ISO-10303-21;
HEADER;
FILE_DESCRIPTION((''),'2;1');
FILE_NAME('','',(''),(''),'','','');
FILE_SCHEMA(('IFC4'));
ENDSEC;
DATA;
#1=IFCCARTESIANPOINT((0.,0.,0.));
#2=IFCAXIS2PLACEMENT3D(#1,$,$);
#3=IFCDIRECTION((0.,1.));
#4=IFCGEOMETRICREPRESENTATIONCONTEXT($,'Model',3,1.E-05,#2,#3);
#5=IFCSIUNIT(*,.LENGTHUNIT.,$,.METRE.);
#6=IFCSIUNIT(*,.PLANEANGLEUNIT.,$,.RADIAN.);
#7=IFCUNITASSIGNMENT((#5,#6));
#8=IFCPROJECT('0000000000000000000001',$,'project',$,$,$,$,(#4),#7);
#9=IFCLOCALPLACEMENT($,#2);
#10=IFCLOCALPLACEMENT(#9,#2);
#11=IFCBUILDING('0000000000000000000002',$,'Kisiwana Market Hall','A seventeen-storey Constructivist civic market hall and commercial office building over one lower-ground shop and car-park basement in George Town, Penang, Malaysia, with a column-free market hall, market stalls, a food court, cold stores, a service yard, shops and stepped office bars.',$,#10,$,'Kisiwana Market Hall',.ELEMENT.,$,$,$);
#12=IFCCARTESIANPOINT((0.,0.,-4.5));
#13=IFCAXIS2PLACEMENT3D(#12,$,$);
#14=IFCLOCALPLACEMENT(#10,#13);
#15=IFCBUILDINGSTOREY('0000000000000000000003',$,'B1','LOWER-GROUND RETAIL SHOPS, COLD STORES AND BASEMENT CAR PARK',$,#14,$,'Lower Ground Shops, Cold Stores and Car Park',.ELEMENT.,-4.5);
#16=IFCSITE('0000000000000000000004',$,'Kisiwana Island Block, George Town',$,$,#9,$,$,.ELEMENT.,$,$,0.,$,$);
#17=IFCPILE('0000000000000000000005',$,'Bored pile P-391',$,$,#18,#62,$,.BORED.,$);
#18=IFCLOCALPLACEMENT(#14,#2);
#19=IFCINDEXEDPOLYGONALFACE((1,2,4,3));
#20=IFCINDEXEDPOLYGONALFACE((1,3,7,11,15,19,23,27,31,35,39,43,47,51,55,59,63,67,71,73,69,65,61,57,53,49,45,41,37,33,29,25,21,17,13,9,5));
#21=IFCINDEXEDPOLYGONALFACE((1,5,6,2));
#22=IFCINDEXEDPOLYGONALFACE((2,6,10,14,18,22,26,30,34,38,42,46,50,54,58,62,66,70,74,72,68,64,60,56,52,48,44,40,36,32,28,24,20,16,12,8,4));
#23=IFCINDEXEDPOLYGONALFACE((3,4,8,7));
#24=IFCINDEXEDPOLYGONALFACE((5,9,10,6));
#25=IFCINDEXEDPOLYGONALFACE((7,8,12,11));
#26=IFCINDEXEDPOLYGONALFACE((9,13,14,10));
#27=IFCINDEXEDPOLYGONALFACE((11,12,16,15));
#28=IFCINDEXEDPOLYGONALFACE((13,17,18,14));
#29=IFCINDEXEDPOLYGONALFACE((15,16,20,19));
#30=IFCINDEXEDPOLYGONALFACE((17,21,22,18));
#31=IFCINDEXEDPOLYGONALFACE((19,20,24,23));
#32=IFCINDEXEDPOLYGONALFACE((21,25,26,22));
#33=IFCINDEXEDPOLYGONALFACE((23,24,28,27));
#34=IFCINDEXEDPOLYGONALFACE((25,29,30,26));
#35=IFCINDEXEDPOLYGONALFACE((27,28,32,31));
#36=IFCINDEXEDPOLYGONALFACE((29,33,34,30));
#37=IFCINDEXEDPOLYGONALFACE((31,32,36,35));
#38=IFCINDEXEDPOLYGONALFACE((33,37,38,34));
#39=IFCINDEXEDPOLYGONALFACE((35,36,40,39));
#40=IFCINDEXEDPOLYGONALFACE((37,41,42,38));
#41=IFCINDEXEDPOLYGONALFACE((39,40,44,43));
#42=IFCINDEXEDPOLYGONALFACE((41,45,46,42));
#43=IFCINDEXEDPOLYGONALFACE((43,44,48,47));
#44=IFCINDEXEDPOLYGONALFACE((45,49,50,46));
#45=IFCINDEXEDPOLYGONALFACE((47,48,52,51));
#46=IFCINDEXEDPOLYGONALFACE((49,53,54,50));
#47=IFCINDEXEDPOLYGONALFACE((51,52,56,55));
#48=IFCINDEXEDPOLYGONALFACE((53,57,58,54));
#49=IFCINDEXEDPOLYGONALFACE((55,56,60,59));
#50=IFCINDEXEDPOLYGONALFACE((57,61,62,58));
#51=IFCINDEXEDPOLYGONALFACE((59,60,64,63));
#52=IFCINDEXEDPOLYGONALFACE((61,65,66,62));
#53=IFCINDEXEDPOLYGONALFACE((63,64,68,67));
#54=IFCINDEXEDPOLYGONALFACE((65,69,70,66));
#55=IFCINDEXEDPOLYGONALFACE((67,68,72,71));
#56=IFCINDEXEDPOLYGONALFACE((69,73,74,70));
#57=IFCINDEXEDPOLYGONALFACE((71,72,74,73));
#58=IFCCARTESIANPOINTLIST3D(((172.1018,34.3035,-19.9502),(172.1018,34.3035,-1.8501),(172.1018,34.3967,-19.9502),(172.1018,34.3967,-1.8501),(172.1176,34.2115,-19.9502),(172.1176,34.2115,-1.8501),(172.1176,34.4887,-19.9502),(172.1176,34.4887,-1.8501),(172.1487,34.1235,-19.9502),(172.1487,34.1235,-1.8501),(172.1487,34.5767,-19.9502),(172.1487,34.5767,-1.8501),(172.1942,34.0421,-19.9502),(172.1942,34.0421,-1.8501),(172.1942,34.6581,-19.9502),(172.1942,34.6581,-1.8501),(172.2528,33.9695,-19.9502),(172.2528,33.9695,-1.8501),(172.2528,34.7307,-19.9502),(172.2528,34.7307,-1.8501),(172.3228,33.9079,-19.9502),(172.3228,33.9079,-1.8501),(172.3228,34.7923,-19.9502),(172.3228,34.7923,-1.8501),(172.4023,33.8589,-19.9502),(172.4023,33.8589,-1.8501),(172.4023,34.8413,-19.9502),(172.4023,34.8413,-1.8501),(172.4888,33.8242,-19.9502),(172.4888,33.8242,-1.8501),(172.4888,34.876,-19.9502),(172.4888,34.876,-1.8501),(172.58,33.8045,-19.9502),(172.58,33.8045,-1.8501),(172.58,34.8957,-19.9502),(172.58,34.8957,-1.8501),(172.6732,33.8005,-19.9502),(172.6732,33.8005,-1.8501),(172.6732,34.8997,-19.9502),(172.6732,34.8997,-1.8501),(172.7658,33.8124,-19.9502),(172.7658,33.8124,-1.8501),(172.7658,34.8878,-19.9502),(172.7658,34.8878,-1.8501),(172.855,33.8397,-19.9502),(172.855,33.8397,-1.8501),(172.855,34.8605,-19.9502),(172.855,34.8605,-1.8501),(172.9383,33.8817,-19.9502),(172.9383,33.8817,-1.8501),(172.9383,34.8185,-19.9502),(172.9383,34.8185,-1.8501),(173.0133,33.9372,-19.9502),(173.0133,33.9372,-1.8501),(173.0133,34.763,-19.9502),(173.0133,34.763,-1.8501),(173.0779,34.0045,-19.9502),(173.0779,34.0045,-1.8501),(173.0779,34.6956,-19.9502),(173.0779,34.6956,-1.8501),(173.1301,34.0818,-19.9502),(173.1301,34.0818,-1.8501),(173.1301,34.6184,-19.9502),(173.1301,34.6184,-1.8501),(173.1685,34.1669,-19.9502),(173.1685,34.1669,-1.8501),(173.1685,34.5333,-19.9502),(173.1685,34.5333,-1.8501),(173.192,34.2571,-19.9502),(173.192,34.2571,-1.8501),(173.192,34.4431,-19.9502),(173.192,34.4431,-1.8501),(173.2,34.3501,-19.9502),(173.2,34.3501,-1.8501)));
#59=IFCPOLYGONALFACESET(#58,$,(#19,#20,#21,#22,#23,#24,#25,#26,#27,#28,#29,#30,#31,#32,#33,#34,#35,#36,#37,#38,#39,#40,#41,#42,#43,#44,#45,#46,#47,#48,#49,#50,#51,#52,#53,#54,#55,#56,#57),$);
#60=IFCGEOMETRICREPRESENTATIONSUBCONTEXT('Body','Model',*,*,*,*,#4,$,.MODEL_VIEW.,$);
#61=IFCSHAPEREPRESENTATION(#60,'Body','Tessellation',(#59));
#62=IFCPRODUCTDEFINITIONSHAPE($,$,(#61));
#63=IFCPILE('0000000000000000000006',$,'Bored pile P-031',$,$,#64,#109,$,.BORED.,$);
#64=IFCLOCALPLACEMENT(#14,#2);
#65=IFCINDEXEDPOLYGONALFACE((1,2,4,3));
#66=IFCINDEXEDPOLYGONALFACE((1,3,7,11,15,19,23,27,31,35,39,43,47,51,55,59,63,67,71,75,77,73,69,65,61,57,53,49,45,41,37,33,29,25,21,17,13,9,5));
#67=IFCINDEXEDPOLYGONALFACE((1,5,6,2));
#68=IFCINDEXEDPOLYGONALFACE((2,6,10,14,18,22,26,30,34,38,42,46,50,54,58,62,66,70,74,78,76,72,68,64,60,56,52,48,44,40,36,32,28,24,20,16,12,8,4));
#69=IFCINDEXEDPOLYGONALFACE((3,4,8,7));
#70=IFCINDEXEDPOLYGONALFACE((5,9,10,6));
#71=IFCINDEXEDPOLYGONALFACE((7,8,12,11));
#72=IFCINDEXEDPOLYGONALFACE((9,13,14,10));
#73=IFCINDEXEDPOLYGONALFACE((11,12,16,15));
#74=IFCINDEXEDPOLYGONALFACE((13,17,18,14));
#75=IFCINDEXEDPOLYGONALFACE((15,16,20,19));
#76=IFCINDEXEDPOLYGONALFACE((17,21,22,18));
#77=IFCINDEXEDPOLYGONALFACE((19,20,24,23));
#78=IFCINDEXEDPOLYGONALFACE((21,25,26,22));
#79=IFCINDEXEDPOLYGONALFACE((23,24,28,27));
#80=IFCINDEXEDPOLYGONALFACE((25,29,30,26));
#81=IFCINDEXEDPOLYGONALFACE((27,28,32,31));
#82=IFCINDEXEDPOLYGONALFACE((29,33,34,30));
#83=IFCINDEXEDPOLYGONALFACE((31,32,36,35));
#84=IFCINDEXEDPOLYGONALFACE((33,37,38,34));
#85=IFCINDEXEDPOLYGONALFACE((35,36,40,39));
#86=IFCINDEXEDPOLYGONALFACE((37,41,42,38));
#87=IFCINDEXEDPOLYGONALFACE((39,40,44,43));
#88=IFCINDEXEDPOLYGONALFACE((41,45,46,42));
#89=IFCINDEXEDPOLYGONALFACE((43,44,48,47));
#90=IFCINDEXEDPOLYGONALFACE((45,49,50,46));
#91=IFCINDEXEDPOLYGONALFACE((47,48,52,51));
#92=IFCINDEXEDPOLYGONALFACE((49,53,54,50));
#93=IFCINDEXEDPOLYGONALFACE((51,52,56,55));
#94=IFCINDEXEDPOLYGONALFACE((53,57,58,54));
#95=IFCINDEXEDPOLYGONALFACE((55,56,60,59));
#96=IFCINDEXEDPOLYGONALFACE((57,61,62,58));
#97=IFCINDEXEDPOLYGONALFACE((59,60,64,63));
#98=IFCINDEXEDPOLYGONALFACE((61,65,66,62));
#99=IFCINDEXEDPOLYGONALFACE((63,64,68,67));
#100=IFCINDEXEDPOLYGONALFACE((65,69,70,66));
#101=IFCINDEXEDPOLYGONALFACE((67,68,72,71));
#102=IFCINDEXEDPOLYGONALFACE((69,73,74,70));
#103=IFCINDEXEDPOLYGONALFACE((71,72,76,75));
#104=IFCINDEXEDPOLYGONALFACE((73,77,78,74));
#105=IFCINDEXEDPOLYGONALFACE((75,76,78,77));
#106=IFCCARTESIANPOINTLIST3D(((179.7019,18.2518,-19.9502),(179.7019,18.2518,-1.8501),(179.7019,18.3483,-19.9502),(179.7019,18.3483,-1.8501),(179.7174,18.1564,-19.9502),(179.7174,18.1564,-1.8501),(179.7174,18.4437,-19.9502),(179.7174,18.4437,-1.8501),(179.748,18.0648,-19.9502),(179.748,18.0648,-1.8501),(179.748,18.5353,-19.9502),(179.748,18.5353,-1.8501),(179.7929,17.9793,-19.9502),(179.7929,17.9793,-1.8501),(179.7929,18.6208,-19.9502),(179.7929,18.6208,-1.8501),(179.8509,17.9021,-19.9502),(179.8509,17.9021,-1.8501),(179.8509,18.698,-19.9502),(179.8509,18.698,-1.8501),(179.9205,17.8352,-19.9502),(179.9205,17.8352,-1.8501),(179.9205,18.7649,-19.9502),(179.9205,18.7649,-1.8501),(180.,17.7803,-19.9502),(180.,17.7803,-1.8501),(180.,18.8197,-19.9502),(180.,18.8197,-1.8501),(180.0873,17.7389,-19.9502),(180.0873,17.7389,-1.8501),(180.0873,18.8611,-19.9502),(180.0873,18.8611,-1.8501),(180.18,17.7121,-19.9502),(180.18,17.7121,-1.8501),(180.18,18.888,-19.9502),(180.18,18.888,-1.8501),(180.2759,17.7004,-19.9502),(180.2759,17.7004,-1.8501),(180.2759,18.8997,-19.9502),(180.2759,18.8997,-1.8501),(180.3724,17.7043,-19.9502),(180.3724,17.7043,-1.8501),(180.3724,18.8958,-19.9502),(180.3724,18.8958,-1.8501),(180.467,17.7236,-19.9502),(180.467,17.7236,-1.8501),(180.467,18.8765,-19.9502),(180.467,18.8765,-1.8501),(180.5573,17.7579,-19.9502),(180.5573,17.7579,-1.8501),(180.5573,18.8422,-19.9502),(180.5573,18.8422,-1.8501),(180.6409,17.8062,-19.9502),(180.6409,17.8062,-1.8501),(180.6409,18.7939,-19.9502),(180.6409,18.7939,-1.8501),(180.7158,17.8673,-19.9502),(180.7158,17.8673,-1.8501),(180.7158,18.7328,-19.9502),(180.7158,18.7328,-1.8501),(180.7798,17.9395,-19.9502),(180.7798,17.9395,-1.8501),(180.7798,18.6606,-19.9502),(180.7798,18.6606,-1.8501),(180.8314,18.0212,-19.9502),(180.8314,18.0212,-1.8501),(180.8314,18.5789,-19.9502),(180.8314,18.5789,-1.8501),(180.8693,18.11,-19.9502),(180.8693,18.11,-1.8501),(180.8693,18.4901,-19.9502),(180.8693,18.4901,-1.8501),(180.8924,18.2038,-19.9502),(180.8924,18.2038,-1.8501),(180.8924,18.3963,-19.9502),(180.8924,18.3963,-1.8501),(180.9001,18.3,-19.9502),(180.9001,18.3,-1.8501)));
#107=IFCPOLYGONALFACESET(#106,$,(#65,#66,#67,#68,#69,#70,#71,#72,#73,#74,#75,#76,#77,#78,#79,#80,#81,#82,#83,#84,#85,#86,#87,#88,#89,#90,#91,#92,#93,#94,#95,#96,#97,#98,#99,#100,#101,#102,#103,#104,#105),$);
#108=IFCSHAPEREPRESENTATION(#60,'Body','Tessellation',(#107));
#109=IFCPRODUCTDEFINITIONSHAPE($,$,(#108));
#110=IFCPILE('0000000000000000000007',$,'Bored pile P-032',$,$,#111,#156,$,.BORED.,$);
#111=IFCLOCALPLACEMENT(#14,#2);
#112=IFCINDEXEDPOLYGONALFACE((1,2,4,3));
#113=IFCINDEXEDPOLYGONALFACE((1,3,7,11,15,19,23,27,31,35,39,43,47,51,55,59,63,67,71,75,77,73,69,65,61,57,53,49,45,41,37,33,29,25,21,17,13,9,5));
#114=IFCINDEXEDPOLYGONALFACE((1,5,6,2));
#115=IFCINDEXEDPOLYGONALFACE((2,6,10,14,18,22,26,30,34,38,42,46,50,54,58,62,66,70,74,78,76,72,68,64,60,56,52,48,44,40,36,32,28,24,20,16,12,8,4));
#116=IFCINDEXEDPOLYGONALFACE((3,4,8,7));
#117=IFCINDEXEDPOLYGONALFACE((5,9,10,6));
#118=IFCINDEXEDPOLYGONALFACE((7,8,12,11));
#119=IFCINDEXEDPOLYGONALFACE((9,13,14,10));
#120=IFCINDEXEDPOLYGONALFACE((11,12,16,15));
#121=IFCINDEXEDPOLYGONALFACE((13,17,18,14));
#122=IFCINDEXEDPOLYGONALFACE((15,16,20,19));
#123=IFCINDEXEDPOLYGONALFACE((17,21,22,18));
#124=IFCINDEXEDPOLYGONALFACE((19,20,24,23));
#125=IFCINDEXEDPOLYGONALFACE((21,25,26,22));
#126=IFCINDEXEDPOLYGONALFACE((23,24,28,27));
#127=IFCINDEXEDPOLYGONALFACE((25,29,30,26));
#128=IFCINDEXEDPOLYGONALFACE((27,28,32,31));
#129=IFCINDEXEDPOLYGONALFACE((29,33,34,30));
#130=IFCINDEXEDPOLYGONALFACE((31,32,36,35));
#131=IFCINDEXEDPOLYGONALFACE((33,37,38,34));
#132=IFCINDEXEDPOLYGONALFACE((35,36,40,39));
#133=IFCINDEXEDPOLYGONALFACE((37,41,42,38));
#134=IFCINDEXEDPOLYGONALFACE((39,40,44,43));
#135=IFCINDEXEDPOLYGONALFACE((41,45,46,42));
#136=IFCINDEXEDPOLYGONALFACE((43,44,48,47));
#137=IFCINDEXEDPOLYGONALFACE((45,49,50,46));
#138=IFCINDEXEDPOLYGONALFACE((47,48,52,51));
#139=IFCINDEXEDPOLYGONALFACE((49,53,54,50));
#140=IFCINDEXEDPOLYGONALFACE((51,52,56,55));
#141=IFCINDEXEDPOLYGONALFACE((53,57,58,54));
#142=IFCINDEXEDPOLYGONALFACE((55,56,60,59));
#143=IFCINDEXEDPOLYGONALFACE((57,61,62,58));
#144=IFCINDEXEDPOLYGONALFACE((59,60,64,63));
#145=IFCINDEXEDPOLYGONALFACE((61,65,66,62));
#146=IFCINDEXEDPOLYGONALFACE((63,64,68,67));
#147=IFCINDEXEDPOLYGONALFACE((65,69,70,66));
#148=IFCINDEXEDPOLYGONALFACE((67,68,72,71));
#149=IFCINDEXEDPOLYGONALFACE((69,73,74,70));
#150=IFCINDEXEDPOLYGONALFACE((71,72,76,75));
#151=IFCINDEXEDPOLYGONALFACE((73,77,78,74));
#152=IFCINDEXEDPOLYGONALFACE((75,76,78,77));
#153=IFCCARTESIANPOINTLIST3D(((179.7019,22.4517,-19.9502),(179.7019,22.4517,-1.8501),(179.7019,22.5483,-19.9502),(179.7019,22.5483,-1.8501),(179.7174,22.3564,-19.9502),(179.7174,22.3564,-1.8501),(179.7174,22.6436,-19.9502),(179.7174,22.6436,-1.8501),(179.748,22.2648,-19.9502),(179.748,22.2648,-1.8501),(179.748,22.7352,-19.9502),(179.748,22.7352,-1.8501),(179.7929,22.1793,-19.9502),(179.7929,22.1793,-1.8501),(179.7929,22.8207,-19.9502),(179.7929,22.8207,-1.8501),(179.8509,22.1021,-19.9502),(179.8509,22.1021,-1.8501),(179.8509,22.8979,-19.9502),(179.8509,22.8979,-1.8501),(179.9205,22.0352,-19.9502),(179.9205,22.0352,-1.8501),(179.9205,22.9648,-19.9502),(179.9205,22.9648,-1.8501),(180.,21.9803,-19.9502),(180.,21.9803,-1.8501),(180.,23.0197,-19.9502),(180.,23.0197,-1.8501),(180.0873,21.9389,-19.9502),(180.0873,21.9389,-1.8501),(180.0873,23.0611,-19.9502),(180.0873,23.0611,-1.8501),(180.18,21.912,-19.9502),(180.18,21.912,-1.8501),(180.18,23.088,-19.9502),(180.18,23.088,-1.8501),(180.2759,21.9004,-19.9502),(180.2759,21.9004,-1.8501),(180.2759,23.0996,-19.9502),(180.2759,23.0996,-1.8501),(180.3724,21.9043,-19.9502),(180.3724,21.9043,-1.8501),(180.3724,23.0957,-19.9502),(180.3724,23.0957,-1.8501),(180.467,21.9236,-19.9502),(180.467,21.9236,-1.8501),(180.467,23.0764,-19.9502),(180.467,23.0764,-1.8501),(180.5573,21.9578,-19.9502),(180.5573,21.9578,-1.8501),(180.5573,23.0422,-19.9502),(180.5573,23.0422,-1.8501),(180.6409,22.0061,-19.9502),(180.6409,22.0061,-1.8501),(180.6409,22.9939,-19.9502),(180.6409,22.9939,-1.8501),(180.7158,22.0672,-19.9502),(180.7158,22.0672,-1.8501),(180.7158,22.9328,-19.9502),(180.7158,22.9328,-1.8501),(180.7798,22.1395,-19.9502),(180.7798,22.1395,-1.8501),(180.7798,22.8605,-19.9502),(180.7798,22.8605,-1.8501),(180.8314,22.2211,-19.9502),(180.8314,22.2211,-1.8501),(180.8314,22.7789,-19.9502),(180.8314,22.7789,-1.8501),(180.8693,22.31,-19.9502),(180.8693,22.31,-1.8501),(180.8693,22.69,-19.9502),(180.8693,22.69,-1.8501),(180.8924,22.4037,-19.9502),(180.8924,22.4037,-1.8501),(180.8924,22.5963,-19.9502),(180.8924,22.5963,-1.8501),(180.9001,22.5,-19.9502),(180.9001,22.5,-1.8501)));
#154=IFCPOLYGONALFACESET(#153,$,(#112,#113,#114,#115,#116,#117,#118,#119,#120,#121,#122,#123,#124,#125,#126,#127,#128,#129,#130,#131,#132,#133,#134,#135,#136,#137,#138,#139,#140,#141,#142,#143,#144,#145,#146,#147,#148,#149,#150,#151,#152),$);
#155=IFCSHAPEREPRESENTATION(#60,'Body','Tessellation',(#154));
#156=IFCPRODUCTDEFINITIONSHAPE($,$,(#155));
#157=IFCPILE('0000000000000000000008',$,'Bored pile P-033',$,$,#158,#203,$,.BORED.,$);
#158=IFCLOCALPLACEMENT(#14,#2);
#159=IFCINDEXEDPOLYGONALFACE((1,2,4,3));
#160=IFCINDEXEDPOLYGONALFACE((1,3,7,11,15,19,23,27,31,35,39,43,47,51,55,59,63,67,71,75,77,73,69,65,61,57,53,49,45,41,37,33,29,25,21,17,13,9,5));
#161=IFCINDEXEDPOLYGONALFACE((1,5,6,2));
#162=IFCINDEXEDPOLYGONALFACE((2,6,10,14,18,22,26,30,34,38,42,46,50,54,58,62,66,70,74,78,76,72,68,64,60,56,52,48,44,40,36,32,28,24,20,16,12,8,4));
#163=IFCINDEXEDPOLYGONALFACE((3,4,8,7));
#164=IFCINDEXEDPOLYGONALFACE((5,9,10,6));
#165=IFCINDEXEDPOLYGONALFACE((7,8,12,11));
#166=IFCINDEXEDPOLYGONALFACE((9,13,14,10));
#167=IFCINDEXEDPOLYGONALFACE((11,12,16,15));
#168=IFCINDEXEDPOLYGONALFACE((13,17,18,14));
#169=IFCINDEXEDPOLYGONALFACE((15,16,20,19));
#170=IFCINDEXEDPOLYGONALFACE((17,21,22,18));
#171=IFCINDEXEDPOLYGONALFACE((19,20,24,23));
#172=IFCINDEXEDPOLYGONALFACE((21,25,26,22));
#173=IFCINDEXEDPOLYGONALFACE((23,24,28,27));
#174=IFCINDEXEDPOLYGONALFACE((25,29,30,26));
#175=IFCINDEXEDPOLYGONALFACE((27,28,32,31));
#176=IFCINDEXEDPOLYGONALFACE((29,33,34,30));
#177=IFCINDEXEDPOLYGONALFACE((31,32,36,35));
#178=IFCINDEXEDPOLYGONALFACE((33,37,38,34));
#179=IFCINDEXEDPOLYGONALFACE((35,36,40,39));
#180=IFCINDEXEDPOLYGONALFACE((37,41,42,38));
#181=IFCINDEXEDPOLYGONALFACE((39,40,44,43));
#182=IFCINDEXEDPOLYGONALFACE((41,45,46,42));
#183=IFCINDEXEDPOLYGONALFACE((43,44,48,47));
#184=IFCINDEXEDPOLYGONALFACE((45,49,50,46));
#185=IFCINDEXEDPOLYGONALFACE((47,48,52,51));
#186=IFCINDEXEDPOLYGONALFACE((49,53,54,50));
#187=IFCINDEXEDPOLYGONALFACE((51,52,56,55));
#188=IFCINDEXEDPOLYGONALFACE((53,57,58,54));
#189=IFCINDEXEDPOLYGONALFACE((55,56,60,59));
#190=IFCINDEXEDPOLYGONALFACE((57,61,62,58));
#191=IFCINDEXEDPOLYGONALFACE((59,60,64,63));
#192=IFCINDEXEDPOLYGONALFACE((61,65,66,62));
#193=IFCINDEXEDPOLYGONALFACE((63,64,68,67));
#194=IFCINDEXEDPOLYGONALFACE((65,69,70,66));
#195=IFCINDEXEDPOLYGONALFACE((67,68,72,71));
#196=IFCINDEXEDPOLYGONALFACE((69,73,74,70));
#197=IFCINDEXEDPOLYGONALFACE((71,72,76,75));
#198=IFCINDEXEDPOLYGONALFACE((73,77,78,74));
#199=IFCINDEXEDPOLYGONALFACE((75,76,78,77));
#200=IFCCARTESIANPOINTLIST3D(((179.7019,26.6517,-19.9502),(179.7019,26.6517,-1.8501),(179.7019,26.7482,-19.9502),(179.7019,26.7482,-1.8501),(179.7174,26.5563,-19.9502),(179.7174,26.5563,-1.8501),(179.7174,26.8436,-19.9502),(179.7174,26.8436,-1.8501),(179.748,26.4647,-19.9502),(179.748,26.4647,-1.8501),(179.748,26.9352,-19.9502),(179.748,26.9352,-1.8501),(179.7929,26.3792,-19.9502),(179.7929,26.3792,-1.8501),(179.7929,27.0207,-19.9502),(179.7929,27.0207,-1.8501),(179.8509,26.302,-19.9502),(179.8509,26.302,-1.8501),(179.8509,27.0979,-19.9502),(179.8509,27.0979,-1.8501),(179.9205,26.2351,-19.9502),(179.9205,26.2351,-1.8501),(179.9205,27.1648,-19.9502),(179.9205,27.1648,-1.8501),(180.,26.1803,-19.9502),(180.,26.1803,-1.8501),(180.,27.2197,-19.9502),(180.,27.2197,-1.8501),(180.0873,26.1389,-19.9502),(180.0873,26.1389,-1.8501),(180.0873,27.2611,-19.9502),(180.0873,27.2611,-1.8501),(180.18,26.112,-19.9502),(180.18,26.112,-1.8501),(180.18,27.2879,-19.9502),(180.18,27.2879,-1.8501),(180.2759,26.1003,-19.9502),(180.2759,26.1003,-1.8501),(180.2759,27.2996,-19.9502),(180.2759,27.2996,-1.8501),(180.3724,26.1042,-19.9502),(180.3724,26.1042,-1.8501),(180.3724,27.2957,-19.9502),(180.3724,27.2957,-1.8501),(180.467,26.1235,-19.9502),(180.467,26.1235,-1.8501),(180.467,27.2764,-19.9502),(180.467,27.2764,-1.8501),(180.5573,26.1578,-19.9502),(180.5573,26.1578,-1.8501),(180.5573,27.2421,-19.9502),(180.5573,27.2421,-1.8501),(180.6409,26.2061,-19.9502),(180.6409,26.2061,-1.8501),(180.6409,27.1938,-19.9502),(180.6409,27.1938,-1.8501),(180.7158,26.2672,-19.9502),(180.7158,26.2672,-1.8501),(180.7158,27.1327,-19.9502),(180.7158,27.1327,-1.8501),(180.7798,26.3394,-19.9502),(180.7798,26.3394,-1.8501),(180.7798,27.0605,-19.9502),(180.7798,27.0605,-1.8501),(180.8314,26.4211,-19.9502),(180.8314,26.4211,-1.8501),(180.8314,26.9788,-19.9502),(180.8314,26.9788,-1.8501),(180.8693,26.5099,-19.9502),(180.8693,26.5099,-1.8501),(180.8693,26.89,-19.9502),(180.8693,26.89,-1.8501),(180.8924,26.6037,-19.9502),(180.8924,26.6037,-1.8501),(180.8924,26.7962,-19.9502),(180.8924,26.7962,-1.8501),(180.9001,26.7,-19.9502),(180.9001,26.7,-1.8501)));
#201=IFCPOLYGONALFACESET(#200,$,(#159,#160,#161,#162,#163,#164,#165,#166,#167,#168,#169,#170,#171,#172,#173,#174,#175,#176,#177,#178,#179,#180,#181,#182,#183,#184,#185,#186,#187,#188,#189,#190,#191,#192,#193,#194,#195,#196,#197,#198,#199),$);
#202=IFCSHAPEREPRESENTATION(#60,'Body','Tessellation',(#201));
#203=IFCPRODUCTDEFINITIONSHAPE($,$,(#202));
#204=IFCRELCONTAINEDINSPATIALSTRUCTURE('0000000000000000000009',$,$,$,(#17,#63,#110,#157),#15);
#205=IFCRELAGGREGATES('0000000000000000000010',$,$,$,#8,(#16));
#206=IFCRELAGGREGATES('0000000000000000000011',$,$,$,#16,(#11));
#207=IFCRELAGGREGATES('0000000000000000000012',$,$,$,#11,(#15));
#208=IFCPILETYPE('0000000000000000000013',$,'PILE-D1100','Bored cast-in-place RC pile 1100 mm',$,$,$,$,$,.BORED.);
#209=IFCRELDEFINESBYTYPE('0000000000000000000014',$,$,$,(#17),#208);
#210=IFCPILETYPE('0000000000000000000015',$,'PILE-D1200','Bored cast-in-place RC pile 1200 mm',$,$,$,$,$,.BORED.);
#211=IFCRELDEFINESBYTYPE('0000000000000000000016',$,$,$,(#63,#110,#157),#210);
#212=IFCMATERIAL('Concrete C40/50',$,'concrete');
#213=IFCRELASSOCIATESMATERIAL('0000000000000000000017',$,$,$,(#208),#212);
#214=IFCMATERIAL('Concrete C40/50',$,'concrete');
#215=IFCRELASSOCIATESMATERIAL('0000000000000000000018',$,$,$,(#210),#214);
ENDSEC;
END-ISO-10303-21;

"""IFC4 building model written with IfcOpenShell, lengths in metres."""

from ifc_helpers import new_model, si_unit, direction, frame, origin, origin_2d, place, context, subcontext, project, spatial, circle, extrude, material, material_profile, profile_set, type_object, element, save


model = new_model("IFC4")

# Units and contexts
model_context = context("Model", 3, precision=1e-05, world=origin(), true_north=direction((0.0, 1.0)))
body_context = subcontext(model_context, "Body", "Model", "MODEL_VIEW")
ifc_project = project(units=[si_unit("LENGTHUNIT", "METRE"), si_unit("PLANEANGLEUNIT", "RADIAN")], contexts=[model_context])

# Site, building, storey
site_placement = place(None, origin())
site = spatial("IfcSite", under=ifc_project, at=site_placement, Name="Kisiwana Island Block, George Town", CompositionType="ELEMENT", RefElevation=0.0)
building_placement = place(site_placement, origin())
building = spatial("IfcBuilding", under=site, at=building_placement, Name="Kisiwana Market Hall", Description="A seventeen-storey Constructivist civic market hall and commercial office building over one lower-ground shop and car-park basement in George Town, Penang, Malaysia, with a column-free market hall, market stalls, a food court, cold stores, a service yard, shops and stepped office bars.", LongName="Kisiwana Market Hall", CompositionType="ELEMENT")
storey_placement = place(building_placement, frame((0.0, 0.0, -4.5)))
storey = spatial("IfcBuildingStorey", under=building, at=storey_placement, Name="B1", Description="LOWER-GROUND RETAIL SHOPS, COLD STORES AND BASEMENT CAR PARK", LongName="Lower Ground Shops, Cold Stores and Car Park", CompositionType="ELEMENT", Elevation=-4.5)

# Piles
ifc_material_1 = material(Name="Concrete C40/50", Category="concrete")
ifc_material_profile_1 = material_profile(ifc_material_1, circle(Radius=0.55, at=origin_2d()), Name="BP D1100")
ifc_profile_set_1 = profile_set([ifc_material_profile_1], Name="Concrete C40/50")
pile_type_1 = type_object("IfcPileType", Name="PILE-D1100", Description="Bored cast-in-place RC pile 1100 mm", PredefinedType="BORED", material=ifc_profile_set_1)
for number, where, z_axis, x_axis, name in (
    (1, (172.6499, 34.3501, -1.8501), (0.0, 0.0, -1.0), (1.0, 0.0, 0.0), "Bored pile P-391"),
):
    element("IfcPile", number, at=place(storey_placement, frame(where, z_axis=z_axis, x_axis=x_axis)), inside=storey, type_object=pile_type_1, Name=name, PredefinedType="BORED", context=body_context, shape_type="SweptSolid", body=[
        extrude(circle(Radius=0.55, at=origin_2d()), origin(), (0.0, 0.0, 1.0), 18.1001),
    ])
ifc_material_2 = material(Name="Concrete C40/50", Category="concrete")
ifc_material_profile_2 = material_profile(ifc_material_2, circle(Radius=0.6001, at=origin_2d()), Name="BP D1200")
ifc_profile_set_2 = profile_set([ifc_material_profile_2], Name="Concrete C40/50")
pile_type_2 = type_object("IfcPileType", Name="PILE-D1200", Description="Bored cast-in-place RC pile 1200 mm", PredefinedType="BORED", material=ifc_profile_set_2)
for number, where, z_axis, x_axis, name in (
    (2, (180.3, 18.3, -1.8501), (0.0, 0.0, -1.0), (1.0, 0.0, 0.0), "Bored pile P-031"),
    (3, (180.3, 22.5, -1.8501), (0.0, 0.0, -1.0), (1.0, 0.0, 0.0), "Bored pile P-032"),
    (4, (180.3, 26.7, -1.8501), (0.0, 0.0, -1.0), (1.0, 0.0, 0.0), "Bored pile P-033"),
):
    element("IfcPile", number, at=place(storey_placement, frame(where, z_axis=z_axis, x_axis=x_axis)), inside=storey, type_object=pile_type_2, Name=name, PredefinedType="BORED", context=body_context, shape_type="SweptSolid", body=[
        extrude(circle(Radius=0.6001, at=origin_2d()), origin(), (0.0, 0.0, 1.0), 18.1001),
    ])

save(model, "model.ifc")
